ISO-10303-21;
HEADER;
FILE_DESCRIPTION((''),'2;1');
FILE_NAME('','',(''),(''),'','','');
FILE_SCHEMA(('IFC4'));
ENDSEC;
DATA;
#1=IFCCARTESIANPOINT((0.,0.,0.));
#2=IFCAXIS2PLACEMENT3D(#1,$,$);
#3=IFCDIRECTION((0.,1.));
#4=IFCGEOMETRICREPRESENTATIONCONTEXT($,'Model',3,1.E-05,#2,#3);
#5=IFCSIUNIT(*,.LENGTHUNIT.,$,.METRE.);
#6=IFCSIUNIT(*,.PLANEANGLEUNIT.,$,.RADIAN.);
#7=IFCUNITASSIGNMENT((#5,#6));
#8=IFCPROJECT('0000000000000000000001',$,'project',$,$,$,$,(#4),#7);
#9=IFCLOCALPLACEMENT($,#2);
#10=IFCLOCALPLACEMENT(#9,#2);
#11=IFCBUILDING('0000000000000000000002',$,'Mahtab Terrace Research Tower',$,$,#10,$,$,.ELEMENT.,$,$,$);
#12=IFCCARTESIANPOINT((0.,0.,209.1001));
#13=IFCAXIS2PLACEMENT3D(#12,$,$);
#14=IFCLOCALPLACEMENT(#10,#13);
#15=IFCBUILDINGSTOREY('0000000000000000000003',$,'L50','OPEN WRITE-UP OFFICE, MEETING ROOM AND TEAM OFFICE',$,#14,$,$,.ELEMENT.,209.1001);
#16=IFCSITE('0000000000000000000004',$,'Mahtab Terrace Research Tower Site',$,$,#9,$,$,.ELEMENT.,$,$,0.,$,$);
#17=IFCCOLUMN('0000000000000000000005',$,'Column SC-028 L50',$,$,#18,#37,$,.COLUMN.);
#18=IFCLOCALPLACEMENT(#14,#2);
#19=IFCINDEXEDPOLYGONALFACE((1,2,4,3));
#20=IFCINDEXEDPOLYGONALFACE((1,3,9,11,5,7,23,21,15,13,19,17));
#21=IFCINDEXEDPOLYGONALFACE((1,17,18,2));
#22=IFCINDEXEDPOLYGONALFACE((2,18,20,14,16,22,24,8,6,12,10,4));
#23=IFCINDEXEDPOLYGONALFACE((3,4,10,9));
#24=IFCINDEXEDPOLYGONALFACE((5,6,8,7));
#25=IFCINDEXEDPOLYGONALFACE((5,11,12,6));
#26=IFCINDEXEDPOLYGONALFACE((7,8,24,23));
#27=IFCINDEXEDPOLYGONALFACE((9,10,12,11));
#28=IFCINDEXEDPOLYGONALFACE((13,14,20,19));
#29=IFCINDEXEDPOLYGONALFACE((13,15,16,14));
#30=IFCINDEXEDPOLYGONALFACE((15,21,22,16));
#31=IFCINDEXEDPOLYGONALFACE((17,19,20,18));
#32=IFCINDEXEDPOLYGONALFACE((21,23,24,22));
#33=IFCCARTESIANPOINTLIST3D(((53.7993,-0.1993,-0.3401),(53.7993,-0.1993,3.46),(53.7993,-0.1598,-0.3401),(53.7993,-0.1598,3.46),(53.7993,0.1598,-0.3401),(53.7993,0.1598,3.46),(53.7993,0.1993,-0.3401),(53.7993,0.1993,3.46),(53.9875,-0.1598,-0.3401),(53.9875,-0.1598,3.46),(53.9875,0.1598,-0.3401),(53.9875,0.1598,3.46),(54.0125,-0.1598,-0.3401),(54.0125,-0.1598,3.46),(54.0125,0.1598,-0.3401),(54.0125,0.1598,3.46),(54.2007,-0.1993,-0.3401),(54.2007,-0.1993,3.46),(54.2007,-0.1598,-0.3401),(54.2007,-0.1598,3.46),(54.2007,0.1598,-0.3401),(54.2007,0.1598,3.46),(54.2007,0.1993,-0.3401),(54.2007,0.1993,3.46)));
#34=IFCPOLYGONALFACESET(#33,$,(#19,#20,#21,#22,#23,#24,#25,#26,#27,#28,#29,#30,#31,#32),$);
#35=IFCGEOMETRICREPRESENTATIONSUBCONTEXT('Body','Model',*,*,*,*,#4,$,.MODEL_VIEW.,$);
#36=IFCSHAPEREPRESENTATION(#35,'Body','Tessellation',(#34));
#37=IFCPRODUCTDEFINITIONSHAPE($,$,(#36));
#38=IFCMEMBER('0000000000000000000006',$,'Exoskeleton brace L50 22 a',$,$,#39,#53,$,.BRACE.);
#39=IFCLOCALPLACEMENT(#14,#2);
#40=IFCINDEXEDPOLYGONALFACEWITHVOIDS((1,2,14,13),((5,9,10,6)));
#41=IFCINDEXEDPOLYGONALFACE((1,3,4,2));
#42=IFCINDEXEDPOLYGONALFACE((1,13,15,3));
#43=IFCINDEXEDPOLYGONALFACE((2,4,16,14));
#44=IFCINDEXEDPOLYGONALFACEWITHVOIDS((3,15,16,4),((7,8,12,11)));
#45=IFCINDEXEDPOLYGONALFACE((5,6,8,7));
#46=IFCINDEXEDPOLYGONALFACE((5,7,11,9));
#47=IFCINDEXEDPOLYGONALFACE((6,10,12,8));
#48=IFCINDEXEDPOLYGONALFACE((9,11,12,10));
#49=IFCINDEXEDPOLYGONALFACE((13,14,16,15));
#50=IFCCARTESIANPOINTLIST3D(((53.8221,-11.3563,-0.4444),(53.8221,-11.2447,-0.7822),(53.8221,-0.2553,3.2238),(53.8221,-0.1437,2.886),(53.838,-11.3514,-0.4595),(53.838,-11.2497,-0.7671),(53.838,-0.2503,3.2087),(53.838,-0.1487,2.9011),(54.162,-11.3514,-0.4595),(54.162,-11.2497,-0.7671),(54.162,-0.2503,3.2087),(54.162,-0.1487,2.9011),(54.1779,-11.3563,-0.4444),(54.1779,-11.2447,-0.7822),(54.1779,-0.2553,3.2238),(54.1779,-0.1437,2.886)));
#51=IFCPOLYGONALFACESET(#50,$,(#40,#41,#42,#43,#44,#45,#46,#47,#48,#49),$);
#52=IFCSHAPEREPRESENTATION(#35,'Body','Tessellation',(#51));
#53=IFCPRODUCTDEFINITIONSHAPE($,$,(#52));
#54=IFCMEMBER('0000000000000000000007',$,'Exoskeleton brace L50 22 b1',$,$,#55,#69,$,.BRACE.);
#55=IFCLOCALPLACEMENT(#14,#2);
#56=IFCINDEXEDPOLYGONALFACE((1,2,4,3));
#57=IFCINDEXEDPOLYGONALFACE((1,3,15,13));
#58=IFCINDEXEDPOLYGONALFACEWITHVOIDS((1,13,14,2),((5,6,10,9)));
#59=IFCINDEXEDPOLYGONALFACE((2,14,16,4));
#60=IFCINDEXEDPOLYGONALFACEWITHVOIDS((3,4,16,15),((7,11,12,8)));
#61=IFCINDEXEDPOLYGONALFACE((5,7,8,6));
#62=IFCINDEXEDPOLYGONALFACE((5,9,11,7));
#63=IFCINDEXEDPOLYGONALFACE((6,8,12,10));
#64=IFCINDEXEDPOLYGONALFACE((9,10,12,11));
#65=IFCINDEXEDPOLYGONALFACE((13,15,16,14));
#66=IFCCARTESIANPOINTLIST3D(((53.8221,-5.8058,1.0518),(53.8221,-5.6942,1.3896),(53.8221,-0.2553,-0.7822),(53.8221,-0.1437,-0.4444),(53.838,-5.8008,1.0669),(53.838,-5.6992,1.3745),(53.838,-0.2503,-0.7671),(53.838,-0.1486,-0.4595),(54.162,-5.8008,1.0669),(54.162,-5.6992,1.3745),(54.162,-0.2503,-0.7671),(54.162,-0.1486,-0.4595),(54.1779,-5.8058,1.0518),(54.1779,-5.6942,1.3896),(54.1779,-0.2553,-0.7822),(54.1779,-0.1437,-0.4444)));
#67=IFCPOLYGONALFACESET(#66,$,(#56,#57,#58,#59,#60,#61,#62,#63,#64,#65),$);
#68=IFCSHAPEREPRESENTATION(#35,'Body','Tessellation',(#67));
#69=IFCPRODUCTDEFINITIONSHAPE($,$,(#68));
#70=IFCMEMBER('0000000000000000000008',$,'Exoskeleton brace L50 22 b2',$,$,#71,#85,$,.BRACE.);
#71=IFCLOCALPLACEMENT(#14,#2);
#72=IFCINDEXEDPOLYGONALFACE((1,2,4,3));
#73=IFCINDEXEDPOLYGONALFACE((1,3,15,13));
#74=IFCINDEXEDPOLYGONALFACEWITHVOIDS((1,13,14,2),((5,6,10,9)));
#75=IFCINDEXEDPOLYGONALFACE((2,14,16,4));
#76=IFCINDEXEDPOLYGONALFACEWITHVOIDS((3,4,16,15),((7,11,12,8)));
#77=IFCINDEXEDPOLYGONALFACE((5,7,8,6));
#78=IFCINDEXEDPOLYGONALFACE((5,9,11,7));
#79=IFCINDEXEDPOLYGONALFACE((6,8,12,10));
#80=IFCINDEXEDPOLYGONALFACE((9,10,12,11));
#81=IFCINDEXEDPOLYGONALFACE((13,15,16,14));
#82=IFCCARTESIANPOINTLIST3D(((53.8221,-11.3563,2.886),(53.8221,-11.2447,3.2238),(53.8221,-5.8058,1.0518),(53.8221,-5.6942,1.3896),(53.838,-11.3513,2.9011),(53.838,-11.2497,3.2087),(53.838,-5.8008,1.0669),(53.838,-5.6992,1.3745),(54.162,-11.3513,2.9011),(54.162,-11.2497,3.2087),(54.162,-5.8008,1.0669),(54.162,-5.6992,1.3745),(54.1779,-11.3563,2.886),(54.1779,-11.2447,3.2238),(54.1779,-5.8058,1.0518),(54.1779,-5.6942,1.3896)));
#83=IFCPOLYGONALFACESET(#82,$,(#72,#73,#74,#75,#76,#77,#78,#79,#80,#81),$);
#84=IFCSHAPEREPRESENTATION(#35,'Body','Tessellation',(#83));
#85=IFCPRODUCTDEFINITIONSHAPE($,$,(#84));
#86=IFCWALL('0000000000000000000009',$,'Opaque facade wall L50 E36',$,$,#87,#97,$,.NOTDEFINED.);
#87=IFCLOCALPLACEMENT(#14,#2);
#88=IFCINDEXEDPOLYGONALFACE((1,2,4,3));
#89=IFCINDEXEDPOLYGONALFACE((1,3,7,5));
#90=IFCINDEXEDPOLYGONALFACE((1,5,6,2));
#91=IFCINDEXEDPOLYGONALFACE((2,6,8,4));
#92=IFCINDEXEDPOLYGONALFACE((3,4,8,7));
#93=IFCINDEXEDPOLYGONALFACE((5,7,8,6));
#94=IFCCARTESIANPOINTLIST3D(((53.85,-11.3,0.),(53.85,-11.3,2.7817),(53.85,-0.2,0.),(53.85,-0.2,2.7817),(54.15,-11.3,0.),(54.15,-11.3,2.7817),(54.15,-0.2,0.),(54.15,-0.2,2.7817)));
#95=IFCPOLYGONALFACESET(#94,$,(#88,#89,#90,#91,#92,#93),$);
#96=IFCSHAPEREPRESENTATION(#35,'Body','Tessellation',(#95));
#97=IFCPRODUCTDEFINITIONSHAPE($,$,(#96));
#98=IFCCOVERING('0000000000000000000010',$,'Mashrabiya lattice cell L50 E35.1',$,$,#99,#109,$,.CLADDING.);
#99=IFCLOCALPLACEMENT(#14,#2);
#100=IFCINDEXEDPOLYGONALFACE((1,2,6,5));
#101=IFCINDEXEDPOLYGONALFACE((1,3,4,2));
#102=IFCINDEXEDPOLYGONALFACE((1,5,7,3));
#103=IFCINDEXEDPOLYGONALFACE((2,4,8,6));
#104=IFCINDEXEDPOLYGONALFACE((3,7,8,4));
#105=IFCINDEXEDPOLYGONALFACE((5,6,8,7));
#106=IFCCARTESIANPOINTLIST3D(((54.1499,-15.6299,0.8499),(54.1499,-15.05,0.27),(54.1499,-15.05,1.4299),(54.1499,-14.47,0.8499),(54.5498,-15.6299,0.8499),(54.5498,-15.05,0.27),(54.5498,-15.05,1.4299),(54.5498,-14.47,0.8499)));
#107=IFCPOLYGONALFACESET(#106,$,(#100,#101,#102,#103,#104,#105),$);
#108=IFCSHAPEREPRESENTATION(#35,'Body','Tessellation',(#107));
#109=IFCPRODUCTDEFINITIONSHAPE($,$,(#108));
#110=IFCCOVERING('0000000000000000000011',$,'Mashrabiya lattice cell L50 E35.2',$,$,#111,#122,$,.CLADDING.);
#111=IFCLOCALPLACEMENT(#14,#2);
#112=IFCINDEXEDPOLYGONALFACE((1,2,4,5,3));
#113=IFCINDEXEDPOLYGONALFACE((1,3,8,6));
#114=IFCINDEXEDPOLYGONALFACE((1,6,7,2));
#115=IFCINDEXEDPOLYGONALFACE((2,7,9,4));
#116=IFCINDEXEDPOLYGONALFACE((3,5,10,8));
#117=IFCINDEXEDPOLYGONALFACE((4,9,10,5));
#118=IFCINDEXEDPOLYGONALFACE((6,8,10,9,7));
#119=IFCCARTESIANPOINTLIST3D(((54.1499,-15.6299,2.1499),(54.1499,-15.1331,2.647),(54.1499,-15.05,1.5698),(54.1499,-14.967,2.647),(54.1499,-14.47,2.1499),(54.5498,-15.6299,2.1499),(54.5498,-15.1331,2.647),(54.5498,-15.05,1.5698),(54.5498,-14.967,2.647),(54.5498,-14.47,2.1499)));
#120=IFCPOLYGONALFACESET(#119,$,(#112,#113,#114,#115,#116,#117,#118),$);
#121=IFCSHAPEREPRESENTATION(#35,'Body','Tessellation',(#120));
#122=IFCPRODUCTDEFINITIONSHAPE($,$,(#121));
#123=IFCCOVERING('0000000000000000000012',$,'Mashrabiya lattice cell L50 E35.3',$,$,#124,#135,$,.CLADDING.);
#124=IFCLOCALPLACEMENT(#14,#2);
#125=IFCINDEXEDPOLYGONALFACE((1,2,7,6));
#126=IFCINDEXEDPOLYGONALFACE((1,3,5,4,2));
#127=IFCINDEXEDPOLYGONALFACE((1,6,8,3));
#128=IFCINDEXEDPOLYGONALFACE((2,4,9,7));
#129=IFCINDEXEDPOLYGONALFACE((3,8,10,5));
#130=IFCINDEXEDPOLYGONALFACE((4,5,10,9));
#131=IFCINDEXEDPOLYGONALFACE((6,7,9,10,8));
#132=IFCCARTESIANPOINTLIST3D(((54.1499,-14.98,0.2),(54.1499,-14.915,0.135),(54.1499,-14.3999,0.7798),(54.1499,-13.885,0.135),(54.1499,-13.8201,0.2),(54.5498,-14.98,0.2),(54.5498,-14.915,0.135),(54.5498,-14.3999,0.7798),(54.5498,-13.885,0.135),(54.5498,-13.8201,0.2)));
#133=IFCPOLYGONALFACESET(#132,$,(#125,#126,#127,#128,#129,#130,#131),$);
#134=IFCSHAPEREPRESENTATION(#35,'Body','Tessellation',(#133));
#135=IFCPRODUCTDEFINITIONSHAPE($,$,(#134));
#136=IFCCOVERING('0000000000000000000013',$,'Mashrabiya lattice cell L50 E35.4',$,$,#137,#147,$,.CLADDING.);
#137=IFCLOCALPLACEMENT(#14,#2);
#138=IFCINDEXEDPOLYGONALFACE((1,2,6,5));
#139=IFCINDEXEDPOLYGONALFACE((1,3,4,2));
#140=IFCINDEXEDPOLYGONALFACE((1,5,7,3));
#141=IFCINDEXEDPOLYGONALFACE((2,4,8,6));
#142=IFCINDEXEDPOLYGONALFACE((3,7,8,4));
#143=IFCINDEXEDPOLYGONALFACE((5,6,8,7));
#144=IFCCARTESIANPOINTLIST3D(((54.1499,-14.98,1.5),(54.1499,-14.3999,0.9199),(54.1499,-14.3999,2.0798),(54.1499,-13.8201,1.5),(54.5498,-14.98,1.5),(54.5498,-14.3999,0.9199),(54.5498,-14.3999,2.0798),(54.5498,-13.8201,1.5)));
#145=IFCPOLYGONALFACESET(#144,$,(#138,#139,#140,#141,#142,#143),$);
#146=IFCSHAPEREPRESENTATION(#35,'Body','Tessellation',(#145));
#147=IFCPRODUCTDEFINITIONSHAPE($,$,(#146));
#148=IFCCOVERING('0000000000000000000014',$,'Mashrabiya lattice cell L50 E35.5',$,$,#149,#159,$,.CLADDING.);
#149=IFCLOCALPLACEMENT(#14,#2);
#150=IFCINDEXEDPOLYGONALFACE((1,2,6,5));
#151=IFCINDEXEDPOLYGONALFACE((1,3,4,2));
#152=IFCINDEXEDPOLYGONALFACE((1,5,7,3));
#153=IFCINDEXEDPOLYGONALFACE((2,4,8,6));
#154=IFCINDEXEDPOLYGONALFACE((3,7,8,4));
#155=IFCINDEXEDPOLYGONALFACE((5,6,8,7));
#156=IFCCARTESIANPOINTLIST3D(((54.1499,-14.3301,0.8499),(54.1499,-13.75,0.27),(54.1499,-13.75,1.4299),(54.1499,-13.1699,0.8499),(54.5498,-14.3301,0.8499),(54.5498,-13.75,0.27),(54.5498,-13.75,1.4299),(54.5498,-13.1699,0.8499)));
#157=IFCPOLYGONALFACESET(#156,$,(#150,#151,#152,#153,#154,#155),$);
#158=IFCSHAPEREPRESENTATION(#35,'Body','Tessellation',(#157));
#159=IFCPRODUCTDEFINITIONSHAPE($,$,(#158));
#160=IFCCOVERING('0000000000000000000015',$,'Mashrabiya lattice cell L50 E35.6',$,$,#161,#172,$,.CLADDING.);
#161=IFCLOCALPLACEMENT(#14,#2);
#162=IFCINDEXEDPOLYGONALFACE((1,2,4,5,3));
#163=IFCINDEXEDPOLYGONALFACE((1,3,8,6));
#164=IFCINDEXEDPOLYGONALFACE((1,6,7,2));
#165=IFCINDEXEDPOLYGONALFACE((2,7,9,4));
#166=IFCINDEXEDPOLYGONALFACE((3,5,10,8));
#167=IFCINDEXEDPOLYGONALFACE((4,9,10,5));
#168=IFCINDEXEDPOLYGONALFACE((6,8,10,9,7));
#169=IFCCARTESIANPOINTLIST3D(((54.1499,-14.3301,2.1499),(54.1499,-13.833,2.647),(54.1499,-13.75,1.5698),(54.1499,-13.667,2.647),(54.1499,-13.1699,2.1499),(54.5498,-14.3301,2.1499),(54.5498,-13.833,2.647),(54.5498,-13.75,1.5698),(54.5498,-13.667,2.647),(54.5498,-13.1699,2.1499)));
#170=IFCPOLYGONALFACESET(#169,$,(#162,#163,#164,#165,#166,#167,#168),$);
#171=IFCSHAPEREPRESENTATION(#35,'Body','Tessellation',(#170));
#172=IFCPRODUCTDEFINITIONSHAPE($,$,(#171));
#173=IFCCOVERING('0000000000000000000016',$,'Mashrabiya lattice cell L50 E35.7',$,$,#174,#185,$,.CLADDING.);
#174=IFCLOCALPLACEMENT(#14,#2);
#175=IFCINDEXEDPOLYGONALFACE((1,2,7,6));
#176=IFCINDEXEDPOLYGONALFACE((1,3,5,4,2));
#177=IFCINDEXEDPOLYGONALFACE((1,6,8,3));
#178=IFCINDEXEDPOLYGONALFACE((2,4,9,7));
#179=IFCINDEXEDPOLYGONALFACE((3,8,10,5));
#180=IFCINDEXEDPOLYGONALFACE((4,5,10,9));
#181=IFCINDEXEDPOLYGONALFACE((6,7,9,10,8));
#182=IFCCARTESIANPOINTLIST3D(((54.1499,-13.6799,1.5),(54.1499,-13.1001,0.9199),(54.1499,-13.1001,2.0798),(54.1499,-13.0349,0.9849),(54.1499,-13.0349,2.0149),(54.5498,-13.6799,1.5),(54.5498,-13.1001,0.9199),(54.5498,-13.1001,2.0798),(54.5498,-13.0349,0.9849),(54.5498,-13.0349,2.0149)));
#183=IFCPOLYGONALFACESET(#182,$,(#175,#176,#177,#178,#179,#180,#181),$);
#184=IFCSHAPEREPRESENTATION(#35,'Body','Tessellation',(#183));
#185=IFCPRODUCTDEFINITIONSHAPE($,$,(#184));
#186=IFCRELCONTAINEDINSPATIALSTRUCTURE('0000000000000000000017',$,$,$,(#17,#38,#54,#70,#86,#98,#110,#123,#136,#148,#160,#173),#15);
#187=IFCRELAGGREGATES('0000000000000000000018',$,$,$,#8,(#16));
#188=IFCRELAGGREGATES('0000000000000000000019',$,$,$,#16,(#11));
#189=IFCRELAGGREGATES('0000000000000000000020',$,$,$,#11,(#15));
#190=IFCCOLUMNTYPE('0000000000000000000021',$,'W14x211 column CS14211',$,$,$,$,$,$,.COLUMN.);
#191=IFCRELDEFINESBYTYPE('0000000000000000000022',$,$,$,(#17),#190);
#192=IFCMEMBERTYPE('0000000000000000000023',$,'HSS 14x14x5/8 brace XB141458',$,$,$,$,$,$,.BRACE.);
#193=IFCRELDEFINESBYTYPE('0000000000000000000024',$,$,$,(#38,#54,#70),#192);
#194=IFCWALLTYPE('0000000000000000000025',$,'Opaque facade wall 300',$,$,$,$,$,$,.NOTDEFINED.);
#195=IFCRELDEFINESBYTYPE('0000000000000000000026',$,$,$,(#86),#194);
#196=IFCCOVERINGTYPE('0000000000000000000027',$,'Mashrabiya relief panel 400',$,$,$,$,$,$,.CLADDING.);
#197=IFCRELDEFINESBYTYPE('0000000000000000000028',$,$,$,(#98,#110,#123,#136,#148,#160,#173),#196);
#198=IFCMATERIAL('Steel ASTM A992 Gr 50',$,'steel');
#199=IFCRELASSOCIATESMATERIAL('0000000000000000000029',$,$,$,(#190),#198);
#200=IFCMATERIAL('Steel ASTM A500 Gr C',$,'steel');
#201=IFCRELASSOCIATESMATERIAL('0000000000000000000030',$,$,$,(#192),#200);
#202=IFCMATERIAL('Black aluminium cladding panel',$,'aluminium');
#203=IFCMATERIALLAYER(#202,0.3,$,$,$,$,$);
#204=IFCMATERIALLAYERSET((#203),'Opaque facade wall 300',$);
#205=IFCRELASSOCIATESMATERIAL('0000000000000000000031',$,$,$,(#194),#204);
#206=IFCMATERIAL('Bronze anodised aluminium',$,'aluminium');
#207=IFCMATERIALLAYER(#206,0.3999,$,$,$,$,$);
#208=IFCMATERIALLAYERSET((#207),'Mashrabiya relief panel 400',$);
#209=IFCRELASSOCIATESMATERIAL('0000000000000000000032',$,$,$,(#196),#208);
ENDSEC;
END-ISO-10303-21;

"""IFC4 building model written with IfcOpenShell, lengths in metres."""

from ifc_helpers import new_model, si_unit, direction, frame, frame_2d, origin, origin_2d, place, context, subcontext, project, spatial, polyline, rectangle, hollow_rectangle, i_section, outline, extrude, material, layer, layer_set, material_profile, profile_set, type_object, element, save


model = new_model("IFC4")

# Units and contexts
model_context = context("Model", 3, precision=1e-05, world=origin(), true_north=direction((0.0, 1.0)))
body_context = subcontext(model_context, "Body", "Model", "MODEL_VIEW")
ifc_project = project(units=[si_unit("LENGTHUNIT", "METRE"), si_unit("PLANEANGLEUNIT", "RADIAN")], contexts=[model_context])

# Site, building, storey
site_placement = place(None, origin())
site = spatial("IfcSite", under=ifc_project, at=site_placement, Name="Mahtab Terrace Research Tower Site", CompositionType="ELEMENT", RefElevation=0.0)
building_placement = place(site_placement, origin())
building = spatial("IfcBuilding", under=site, at=building_placement, Name="Mahtab Terrace Research Tower", CompositionType="ELEMENT")
storey_placement = place(building_placement, frame((0.0, 0.0, 209.1001)))
storey = spatial("IfcBuildingStorey", under=building, at=storey_placement, Name="L50", Description="OPEN WRITE-UP OFFICE, MEETING ROOM AND TEAM OFFICE", CompositionType="ELEMENT", Elevation=209.1001)

# Column
ifc_material_1 = material(Name="Steel ASTM A992 Gr 50", Category="steel")
ifc_material_profile_1 = material_profile(ifc_material_1, i_section(OverallWidth=0.4014, OverallDepth=0.3987, WebThickness=0.0249, FlangeThickness=0.0396, at=origin_2d()), Name="W14X211")
ifc_profile_set_1 = profile_set([ifc_material_profile_1], Name="Steel ASTM A992 Gr 50")
column_type = type_object("IfcColumnType", Name="W14x211 column CS14211", PredefinedType="COLUMN", material=ifc_profile_set_1)
column_placement = place(storey_placement, frame((54.0, 0.0, -0.3401), z_axis=(0.0, 0.0, 1.0), x_axis=(1.0, 0.0, 0.0)))
element("IfcColumn", 1, at=column_placement, inside=storey, type_object=column_type, Name="Column SC-028 L50", PredefinedType="COLUMN", context=body_context, shape_type="SweptSolid", body=[
    extrude(i_section(OverallWidth=0.4014, OverallDepth=0.3987, WebThickness=0.0249, FlangeThickness=0.0396, at=origin_2d()), origin(), (0.0, 0.0, 1.0), 3.8),
])

# Members
ifc_material_2 = material(Name="Steel ASTM A500 Gr C", Category="steel")
ifc_material_profile_2 = material_profile(ifc_material_2, hollow_rectangle(XDim=0.3557, YDim=0.3557, WallThickness=0.0159, at=origin_2d()), Name="HSS14X14X5/8")
ifc_profile_set_2 = profile_set([ifc_material_profile_2], Name="Steel ASTM A500 Gr C")
member_type = type_object("IfcMemberType", Name="HSS 14x14x5/8 brace XB141458", PredefinedType="BRACE", material=ifc_profile_set_2)
member_placement = place(storey_placement, frame((54.0, -11.3005, -0.6133), z_axis=(0.0, 0.949505, 0.313752), x_axis=(-1.0, 0.0, 0.0)))
element("IfcMember", 2, at=member_placement, inside=storey, type_object=member_type, Name="Exoskeleton brace L50 22 a", PredefinedType="BRACE", context=body_context, shape_type="SweptSolid", body=[
    extrude(hollow_rectangle(XDim=0.3557, YDim=0.3557, WallThickness=0.0159, at=origin_2d()), origin(), (0.0, 0.0, 1.0), 11.6914),
])
for number, where, z_axis, x_axis, name in (
    (3, (54.0, -0.1995, -0.6133), (0.0, -0.949511, 0.313733), (1.0, 0.0, 0.0), "Exoskeleton brace L50 22 b1"),
    (4, (54.0, -5.75, 1.2207), (0.0, -0.949499, 0.313771), (1.0, 0.0, 0.0), "Exoskeleton brace L50 22 b2"),
):
    element("IfcMember", number, at=place(storey_placement, frame(where, z_axis=z_axis, x_axis=x_axis)), inside=storey, type_object=member_type, Name=name, PredefinedType="BRACE", context=body_context, shape_type="SweptSolid", body=[
        extrude(hollow_rectangle(XDim=0.3557, YDim=0.3557, WallThickness=0.0159, at=origin_2d()), origin(), (0.0, 0.0, 1.0), 5.8457),
    ])

# Wall
ifc_material_3 = material(Name="Black aluminium cladding panel", Category="aluminium")
ifc_layer_1 = layer(ifc_material_3, 0.3)
ifc_layer_set_1 = layer_set([ifc_layer_1], Name="Opaque facade wall 300")
wall_type = type_object("IfcWallType", Name="Opaque facade wall 300", PredefinedType="NOTDEFINED", material=ifc_layer_set_1)
wall_placement = place(storey_placement, frame((54.0, -11.3, 0.0), z_axis=(0.0, 0.0, 1.0), x_axis=(0.0, 1.0, 0.0)))
element("IfcWall", 5, at=wall_placement, inside=storey, type_object=wall_type, Name="Opaque facade wall L50 E36", PredefinedType="NOTDEFINED", context=body_context, shape_type="SweptSolid", body=[
    extrude(rectangle(XDim=11.1001, YDim=0.3, at=frame_2d((5.55, 0.0))), origin(), (0.0, 0.0, 1.0), 2.7817),
])

# Coverings
ifc_material_4 = material(Name="Bronze anodised aluminium", Category="aluminium")
ifc_layer_2 = layer(ifc_material_4, 0.3999)
ifc_layer_set_2 = layer_set([ifc_layer_2], Name="Mashrabiya relief panel 400")
covering_type_1 = type_object("IfcCoveringType", Name="Mashrabiya relief panel 400", PredefinedType="CLADDING", material=ifc_layer_set_2)
covering_1_placement = place(storey_placement, frame((54.1499, -15.05, 1.4299), z_axis=(-1.0, 0.0, 0.0), x_axis=(0.0, 0.707107, -0.707107)))
element("IfcCovering", 6, at=covering_1_placement, inside=storey, type_object=covering_type_1, Name="Mashrabiya lattice cell L50 E35.1", PredefinedType="CLADDING", context=body_context, shape_type="SweptSolid", body=[
    extrude(outline(polyline([(0.0, 0.0), (0.8204, 0.0), (0.8202, 0.8202), (0.0002, 0.8202), (0.0, 0.0)])), origin(), (0.0, 0.0, -1.0), 0.3999),
])
covering_2_placement = place(storey_placement, frame((54.1499, -14.47, 2.1499), z_axis=(-1.0, 0.0, 0.0), x_axis=(0.0, -0.707107, -0.707107)))
element("IfcCovering", 7, at=covering_2_placement, inside=storey, type_object=covering_type_1, Name="Mashrabiya lattice cell L50 E35.2", PredefinedType="CLADDING", context=body_context, shape_type="SweptSolid", body=[
    extrude(outline(polyline([(0.0, 0.0), (0.8204, 0.0), (0.8202, 0.8202), (0.1174, 0.8204), (0.0, 0.703), (0.0, 0.0)])), origin(), (0.0, 0.0, -1.0), 0.3999),
])
covering_3_placement = place(storey_placement, frame((54.1499, -14.98, 0.2), z_axis=(-1.0, 0.0, 0.0), x_axis=(0.0, 0.707256, 0.706958)))
element("IfcCovering", 8, at=covering_3_placement, inside=storey, type_object=covering_type_1, Name="Mashrabiya lattice cell L50 E35.3", PredefinedType="CLADDING", context=body_context, shape_type="SweptSolid", body=[
    extrude(outline(polyline([(0.0, 0.0), (0.8202, 0.0), (0.8204, 0.82), (0.7285, 0.82), (0.0, 0.0918), (0.0, 0.0)])), origin(), (0.0, 0.0, -1.0), 0.3999),
])
covering_4_placement = place(storey_placement, frame((54.1499, -14.3999, 2.0798), z_axis=(-1.0, 0.0, 0.0), x_axis=(0.0, 0.707107, -0.707107)))
element("IfcCovering", 9, at=covering_4_placement, inside=storey, type_object=covering_type_1, Name="Mashrabiya lattice cell L50 E35.4", PredefinedType="CLADDING", context=body_context, shape_type="SweptSolid", body=[
    extrude(outline(polyline([(0.0, 0.0), (0.82, 0.0), (0.8202, 0.8202), (-0.0002, 0.8202), (0.0, 0.0)])), origin(), (0.0, 0.0, -1.0), 0.3999),
])
covering_5_placement = place(storey_placement, frame((54.1499, -13.75, 1.4299), z_axis=(-1.0, 0.0, 0.0), x_axis=(0.0, 0.707107, -0.707107)))
element("IfcCovering", 10, at=covering_5_placement, inside=storey, type_object=covering_type_1, Name="Mashrabiya lattice cell L50 E35.5", PredefinedType="CLADDING", context=body_context, shape_type="SweptSolid", body=[
    extrude(outline(polyline([(0.0, 0.0), (0.8204, 0.0), (0.8202, 0.8202), (0.0, 0.8204), (0.0, 0.0)])), origin(), (0.0, 0.0, -1.0), 0.3999),
])
covering_6_placement = place(storey_placement, frame((54.1499, -13.1699, 2.1499), z_axis=(-1.0, 0.0, 0.0), x_axis=(0.0, -0.707107, -0.707107)))
element("IfcCovering", 11, at=covering_6_placement, inside=storey, type_object=covering_type_1, Name="Mashrabiya lattice cell L50 E35.6", PredefinedType="CLADDING", context=body_context, shape_type="SweptSolid", body=[
    extrude(outline(polyline([(0.0, 0.0), (0.8204, 0.0), (0.8204, 0.8204), (0.1174, 0.8204), (0.0, 0.703), (0.0, 0.0)])), origin(), (0.0, 0.0, -1.0), 0.3999),
])
covering_7_placement = place(storey_placement, frame((54.1499, -13.1001, 0.9199), z_axis=(-1.0, 0.0, 0.0), x_axis=(0.0, -0.706958, 0.707256)))
element("IfcCovering", 12, at=covering_7_placement, inside=storey, type_object=covering_type_1, Name="Mashrabiya lattice cell L50 E35.7", PredefinedType="CLADDING", context=body_context, shape_type="SweptSolid", body=[
    extrude(outline(polyline([(0.0, 0.0), (0.8202, 0.0), (0.8204, 0.82), (0.7283, 0.8202), (-0.0002, 0.092), (0.0, 0.0)])), origin(), (0.0, 0.0, -1.0), 0.3999),
])

save(model, "model.ifc")
